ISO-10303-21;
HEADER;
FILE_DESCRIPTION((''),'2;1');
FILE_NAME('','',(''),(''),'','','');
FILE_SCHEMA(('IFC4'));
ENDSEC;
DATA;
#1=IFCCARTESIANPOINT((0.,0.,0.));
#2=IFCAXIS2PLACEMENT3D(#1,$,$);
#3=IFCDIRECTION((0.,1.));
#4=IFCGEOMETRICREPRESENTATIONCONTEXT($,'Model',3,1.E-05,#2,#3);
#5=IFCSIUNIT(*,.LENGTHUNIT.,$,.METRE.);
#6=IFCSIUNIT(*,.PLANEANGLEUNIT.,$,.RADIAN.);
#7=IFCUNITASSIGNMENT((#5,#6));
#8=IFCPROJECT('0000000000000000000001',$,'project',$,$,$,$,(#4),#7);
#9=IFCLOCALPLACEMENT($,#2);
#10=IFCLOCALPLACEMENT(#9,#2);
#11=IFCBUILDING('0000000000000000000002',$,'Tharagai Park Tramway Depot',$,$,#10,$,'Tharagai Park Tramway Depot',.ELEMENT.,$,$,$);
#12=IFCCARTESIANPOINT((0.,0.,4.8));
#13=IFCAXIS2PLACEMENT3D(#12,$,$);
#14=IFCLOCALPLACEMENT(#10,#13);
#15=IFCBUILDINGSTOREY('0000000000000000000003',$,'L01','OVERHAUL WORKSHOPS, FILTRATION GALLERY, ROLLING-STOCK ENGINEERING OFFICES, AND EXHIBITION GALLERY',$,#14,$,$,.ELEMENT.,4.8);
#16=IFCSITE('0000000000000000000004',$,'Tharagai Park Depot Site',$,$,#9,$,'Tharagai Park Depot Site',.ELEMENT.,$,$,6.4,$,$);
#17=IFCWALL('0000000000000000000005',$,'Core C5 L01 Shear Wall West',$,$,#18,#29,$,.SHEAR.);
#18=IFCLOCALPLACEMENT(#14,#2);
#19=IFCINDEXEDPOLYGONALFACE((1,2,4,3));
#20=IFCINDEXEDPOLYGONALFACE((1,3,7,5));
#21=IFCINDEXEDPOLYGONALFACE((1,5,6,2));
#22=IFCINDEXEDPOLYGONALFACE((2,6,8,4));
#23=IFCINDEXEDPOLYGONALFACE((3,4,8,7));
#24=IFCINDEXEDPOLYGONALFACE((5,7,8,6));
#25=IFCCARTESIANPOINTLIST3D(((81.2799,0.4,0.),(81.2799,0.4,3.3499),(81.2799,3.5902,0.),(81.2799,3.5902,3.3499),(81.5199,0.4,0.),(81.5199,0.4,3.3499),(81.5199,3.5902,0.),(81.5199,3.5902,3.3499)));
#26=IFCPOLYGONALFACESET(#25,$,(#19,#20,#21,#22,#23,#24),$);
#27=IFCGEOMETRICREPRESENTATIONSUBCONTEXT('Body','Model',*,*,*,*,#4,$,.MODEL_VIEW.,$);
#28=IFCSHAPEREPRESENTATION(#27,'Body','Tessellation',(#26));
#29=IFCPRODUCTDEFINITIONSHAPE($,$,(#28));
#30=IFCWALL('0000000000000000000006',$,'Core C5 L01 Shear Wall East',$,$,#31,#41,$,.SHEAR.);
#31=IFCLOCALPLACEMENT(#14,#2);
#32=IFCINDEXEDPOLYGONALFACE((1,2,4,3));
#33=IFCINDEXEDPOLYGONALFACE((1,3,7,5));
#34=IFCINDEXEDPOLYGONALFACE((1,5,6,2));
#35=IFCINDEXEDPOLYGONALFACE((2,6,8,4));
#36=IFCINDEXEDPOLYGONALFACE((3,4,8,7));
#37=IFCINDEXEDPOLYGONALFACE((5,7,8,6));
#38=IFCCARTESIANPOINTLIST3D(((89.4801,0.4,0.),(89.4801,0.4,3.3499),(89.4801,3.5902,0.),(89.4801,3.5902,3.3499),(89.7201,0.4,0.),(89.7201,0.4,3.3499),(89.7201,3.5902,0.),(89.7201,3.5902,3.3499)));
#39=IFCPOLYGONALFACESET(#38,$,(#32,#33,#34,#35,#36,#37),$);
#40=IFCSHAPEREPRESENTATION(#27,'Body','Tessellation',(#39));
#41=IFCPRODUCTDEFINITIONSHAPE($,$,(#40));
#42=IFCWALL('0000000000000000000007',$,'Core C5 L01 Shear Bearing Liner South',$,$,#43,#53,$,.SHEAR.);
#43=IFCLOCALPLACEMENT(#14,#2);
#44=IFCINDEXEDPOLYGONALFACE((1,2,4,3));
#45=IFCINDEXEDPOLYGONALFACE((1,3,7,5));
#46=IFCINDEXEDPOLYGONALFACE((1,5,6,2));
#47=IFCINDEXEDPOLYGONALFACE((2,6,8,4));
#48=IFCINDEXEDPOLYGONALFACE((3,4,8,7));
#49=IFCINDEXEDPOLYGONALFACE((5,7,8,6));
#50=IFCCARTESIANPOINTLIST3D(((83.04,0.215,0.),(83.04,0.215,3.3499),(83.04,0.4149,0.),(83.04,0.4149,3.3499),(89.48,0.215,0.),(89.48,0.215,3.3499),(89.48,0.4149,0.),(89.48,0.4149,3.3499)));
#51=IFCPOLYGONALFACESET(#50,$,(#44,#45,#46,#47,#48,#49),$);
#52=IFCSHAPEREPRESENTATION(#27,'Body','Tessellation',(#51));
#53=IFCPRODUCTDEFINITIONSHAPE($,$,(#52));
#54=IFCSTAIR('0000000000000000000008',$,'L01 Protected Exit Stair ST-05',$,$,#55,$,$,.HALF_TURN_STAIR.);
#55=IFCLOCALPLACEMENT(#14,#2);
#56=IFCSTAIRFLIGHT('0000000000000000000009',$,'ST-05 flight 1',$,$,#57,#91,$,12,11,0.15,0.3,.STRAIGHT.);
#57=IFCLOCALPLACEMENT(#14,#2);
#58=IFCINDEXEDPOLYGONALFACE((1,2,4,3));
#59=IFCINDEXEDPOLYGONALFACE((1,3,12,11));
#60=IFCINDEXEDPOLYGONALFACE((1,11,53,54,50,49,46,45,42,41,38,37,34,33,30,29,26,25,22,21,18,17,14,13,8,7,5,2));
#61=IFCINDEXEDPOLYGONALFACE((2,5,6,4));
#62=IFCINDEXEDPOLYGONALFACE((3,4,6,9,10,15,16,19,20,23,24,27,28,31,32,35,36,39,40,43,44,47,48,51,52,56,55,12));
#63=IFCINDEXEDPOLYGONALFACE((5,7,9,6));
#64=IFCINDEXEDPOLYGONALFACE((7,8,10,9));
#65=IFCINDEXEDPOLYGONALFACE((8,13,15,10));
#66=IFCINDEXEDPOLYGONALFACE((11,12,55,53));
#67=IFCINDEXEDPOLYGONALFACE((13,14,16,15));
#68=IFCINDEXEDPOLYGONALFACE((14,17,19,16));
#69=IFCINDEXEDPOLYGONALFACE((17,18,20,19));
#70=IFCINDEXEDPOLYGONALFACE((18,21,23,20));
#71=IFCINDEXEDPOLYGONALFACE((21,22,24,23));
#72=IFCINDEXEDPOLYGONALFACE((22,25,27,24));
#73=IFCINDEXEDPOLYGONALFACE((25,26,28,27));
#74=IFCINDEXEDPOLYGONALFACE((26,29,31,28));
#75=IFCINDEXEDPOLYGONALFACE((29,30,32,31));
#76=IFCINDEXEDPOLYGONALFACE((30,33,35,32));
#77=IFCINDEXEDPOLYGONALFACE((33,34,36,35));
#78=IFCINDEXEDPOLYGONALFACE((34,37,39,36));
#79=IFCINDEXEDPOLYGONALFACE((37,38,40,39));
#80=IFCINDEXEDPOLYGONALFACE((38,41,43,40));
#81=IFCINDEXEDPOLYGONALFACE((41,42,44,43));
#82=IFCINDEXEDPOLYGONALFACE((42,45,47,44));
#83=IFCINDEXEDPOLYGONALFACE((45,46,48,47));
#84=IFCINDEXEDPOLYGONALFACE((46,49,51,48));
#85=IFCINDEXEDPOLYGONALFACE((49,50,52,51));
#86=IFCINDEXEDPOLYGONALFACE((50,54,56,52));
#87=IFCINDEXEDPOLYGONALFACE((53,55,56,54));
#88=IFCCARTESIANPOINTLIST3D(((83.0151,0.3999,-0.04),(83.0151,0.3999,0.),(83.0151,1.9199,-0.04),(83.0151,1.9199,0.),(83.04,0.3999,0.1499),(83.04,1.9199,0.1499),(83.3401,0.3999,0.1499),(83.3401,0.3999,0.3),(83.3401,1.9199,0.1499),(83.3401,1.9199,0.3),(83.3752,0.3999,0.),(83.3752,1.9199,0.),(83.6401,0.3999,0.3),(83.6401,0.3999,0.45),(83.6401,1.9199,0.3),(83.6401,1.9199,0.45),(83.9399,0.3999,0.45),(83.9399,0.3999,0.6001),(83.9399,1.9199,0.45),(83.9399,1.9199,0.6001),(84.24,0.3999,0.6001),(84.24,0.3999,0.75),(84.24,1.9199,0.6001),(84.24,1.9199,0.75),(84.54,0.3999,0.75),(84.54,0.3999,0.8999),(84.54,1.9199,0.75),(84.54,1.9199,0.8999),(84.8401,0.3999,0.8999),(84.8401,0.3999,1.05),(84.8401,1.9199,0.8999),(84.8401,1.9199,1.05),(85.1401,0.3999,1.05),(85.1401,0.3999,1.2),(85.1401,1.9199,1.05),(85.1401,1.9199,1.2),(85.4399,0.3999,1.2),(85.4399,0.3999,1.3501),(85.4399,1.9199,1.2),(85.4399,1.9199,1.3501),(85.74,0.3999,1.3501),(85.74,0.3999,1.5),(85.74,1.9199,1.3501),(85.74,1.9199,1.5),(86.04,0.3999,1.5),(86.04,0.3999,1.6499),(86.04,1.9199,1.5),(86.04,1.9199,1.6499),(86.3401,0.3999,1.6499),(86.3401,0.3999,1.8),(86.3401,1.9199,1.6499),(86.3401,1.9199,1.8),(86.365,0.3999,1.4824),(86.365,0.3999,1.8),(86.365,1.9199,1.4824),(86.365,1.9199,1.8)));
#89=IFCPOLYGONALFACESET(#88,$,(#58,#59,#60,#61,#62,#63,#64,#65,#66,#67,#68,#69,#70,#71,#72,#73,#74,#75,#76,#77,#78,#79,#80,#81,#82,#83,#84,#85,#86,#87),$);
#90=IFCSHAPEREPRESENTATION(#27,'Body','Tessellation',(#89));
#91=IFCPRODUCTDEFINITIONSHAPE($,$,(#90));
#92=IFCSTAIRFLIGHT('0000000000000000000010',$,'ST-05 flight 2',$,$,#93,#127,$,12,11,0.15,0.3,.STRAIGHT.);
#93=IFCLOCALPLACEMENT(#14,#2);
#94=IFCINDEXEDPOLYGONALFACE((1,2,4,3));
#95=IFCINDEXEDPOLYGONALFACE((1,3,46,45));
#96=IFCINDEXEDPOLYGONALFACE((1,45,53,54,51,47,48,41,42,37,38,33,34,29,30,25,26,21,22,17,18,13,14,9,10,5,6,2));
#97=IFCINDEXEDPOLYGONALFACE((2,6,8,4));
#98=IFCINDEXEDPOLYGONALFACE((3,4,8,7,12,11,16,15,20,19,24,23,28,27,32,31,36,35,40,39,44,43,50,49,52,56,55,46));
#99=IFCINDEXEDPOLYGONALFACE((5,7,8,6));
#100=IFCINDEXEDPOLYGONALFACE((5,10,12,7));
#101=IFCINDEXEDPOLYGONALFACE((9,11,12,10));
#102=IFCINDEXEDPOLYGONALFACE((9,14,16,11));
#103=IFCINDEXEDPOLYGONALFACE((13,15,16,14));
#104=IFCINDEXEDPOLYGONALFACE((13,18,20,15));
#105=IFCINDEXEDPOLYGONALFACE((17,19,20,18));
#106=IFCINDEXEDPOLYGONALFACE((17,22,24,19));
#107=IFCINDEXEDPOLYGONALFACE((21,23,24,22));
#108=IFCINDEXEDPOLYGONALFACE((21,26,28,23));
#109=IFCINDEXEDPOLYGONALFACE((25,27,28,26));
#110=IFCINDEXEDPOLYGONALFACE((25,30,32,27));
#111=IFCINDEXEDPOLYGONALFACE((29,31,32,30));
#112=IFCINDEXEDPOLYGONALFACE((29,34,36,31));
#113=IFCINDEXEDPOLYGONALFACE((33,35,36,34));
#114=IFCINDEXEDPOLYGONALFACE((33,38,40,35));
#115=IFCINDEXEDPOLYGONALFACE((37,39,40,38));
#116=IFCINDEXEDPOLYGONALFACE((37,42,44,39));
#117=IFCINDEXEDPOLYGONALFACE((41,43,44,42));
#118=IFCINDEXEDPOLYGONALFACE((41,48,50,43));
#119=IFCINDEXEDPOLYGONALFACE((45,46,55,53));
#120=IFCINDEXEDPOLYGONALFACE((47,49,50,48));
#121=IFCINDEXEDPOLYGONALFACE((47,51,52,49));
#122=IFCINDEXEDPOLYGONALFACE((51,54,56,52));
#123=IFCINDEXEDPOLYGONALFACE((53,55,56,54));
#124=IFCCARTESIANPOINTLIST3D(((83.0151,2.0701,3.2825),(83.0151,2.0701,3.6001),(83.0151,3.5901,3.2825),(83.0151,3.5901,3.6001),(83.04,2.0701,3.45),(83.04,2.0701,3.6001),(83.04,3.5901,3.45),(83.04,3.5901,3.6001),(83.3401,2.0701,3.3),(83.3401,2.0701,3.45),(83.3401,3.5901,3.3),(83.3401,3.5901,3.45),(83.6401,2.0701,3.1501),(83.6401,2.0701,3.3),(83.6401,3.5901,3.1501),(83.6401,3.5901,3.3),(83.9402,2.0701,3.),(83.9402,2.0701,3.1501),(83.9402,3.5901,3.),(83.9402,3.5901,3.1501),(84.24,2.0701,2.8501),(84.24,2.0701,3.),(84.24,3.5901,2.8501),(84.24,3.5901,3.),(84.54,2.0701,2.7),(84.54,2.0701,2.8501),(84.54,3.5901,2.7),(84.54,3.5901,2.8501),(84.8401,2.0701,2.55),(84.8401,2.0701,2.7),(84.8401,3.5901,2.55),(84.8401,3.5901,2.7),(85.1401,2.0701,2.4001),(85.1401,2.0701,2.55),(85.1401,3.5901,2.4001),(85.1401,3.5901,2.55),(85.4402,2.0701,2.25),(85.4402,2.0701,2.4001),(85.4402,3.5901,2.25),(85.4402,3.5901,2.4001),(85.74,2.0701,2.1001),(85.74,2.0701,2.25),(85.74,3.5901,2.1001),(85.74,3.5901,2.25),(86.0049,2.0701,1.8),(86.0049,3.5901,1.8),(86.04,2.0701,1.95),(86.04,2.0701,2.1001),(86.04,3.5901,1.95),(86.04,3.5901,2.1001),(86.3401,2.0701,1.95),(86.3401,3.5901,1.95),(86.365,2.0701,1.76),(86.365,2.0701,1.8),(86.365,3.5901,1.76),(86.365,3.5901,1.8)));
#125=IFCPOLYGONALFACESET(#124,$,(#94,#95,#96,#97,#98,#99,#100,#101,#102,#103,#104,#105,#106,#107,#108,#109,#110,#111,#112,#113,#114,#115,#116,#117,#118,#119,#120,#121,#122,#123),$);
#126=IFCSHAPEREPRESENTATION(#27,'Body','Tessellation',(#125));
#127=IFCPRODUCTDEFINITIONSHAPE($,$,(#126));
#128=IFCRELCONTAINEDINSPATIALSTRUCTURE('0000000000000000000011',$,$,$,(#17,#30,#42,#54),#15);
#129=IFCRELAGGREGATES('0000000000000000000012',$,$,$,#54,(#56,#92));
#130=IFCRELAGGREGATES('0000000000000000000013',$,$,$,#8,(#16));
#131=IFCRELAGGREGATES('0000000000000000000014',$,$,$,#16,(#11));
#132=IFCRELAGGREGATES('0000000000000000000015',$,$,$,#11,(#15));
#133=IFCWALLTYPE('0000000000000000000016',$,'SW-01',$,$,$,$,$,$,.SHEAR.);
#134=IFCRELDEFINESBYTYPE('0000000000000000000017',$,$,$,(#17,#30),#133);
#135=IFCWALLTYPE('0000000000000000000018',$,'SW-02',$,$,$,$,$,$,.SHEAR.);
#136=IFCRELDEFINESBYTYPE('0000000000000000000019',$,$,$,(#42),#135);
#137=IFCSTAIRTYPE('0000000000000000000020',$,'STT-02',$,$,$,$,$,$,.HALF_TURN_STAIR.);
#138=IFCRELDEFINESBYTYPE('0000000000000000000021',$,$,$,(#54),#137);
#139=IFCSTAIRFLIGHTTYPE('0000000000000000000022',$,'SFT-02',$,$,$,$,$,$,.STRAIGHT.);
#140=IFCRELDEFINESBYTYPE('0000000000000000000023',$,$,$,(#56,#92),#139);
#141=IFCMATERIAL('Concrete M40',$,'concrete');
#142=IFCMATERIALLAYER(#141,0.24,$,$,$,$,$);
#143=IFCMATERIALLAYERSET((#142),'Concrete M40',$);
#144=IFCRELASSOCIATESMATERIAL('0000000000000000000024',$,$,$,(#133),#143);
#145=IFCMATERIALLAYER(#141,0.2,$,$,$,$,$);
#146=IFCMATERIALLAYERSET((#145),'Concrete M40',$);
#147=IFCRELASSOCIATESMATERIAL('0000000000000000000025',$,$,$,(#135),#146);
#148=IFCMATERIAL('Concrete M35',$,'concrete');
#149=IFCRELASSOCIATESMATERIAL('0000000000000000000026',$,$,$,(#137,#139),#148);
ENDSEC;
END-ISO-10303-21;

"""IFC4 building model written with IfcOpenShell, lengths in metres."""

from ifc_helpers import new_model, si_unit, direction, frame, frame_2d, origin, place, context, subcontext, project, spatial, polyline, rectangle, outline, extrude, material, layer, layer_set, type_object, element, aggregate, save


model = new_model("IFC4")

# Units and contexts
model_context = context("Model", 3, precision=1e-05, world=origin(), true_north=direction((0.0, 1.0)))
body_context = subcontext(model_context, "Body", "Model", "MODEL_VIEW")
ifc_project = project(units=[si_unit("LENGTHUNIT", "METRE"), si_unit("PLANEANGLEUNIT", "RADIAN")], contexts=[model_context])

# Site, building, storey
site_placement = place(None, origin())
site = spatial("IfcSite", under=ifc_project, at=site_placement, Name="Tharagai Park Depot Site", LongName="Tharagai Park Depot Site", CompositionType="ELEMENT", RefElevation=6.4)
building_placement = place(site_placement, origin())
building = spatial("IfcBuilding", under=site, at=building_placement, Name="Tharagai Park Tramway Depot", LongName="Tharagai Park Tramway Depot", CompositionType="ELEMENT")
storey_placement = place(building_placement, frame((0.0, 0.0, 4.8)))
storey = spatial("IfcBuildingStorey", under=building, at=storey_placement, Name="L01", Description="OVERHAUL WORKSHOPS, FILTRATION GALLERY, ROLLING-STOCK ENGINEERING OFFICES, AND EXHIBITION GALLERY", CompositionType="ELEMENT", Elevation=4.8)

# Shared definitions
ifc_material_1 = material(Name="Concrete M40", Category="concrete")

# Shared definitions
ifc_material_2 = material(Name="Concrete M35", Category="concrete")

# Shared definitions
ifc_layer_1 = layer(ifc_material_1, 0.24)
ifc_layer_set_1 = layer_set([ifc_layer_1], Name="Concrete M40")
wall_type_1 = type_object("IfcWallType", Name="SW-01", PredefinedType="SHEAR", material=ifc_layer_set_1)

# Walls
for number, where, z_axis, x_axis, name in (
    (1, (81.3999, 0.3999, 0.0), (0.0, 0.0, 1.0), (0.0, 1.0, 0.0), "Core C5 L01 Shear Wall West"),
    (2, (89.6001, 0.3999, 0.0), (0.0, 0.0, 1.0), (0.0, 1.0, 0.0), "Core C5 L01 Shear Wall East"),
):
    element("IfcWall", number, at=place(storey_placement, frame(where, z_axis=z_axis, x_axis=x_axis)), inside=storey, type_object=wall_type_1, Name=name, PredefinedType="SHEAR", context=body_context, shape_type="SweptSolid", body=[
        extrude(rectangle(XDim=3.1902, YDim=0.24, at=frame_2d((1.5952, 0.0))), origin(), (0.0, 0.0, 1.0), 3.3499),
    ])
ifc_layer_2 = layer(ifc_material_1, 0.2)
ifc_layer_set_2 = layer_set([ifc_layer_2], Name="Concrete M40")
wall_type_2 = type_object("IfcWallType", Name="SW-02", PredefinedType="SHEAR", material=ifc_layer_set_2)
wall_1_placement = place(storey_placement, frame((83.04, 0.3149, 0.0), z_axis=(0.0, 0.0, 1.0), x_axis=(1.0, 0.0, 0.0)))
element("IfcWall", 3, at=wall_1_placement, inside=storey, type_object=wall_type_2, Name="Core C5 L01 Shear Bearing Liner South", PredefinedType="SHEAR", context=body_context, shape_type="SweptSolid", body=[
    extrude(rectangle(XDim=6.4399, YDim=0.2, at=frame_2d((3.22, 0.0))), origin(), (0.0, 0.0, 1.0), 3.3499),
])

# Stair, stair flights
stair_type = type_object("IfcStairType", Name="STT-02", PredefinedType="HALF_TURN_STAIR", material=ifc_material_2)
stair_placement = place(storey_placement, origin())
stair = element("IfcStair", 4, at=stair_placement, inside=storey, type_object=stair_type, Name="L01 Protected Exit Stair ST-05", PredefinedType="HALF_TURN_STAIR")
stair_flight_type = type_object("IfcStairFlightType", Name="SFT-02", PredefinedType="STRAIGHT", material=ifc_material_2)
stair_flight_1_placement = place(storey_placement, frame((83.04, 1.1599, 0.0), z_axis=(0.0, 0.0, 1.0), x_axis=(1.0, 0.0, 0.0)))
stair_flight_1 = element("IfcStairFlight", 5, at=stair_flight_1_placement, type_object=stair_flight_type, Name="ST-05 flight 1", NumberOfRisers=12, NumberOfTreads=11, PredefinedType="STRAIGHT", RiserHeight=0.15, TreadLength=0.3, context=body_context, shape_type="SweptSolid", body=[
    extrude(outline(polyline([(-0.0249, 0.0), (0.0, 0.1499), (0.3, 0.1499), (0.3, 0.3), (0.6001, 0.3), (0.6001, 0.45), (0.8999, 0.45), (0.8999, 0.6001), (1.2, 0.6001), (1.2, 0.75), (1.5, 0.75), (1.5, 0.8999), (1.8, 0.8999), (1.8, 1.05), (2.1001, 1.05), (2.1001, 1.2), (2.3999, 1.2), (2.3999, 1.3501), (2.7, 1.3501), (2.7, 1.5), (3.0, 1.5), (3.0, 1.6499), (3.3, 1.6499), (3.3, 1.8), (3.325, 1.8), (3.325, 1.4824), (0.3352, 0.0), (-0.0249, -0.04), (-0.0249, 0.0)])), frame((0.0, 0.76, 0.0), z_axis=(0.0, -1.0, 0.0), x_axis=(1.0, 0.0, 0.0)), (0.0, 0.0, 1.0), 1.52),
])
stair_flight_2_placement = place(storey_placement, frame((86.3401, 2.8301, 1.8), z_axis=(0.0, 0.0, 1.0), x_axis=(-1.0, 0.0, 0.0)))
stair_flight_2 = element("IfcStairFlight", 6, at=stair_flight_2_placement, type_object=stair_flight_type, Name="ST-05 flight 2", NumberOfRisers=12, NumberOfTreads=11, PredefinedType="STRAIGHT", RiserHeight=0.15, TreadLength=0.3, context=body_context, shape_type="SweptSolid", body=[
    extrude(outline(polyline([(-0.0249, 0.0), (0.0, 0.1499), (0.3, 0.1499), (0.3, 0.3), (0.6001, 0.3), (0.6001, 0.45), (0.8999, 0.45), (0.8999, 0.6001), (1.2, 0.6001), (1.2, 0.75), (1.5, 0.75), (1.5, 0.8999), (1.8, 0.8999), (1.8, 1.05), (2.1001, 1.05), (2.1001, 1.2), (2.3999, 1.2), (2.3999, 1.3501), (2.7, 1.3501), (2.7, 1.5), (3.0, 1.5), (3.0, 1.6499), (3.3, 1.6499), (3.3, 1.8), (3.325, 1.8), (3.325, 1.4824), (0.3352, 0.0), (-0.0249, -0.04), (-0.0249, 0.0)])), frame((0.0, 0.76, 0.0), z_axis=(0.0, -1.0, 0.0), x_axis=(1.0, 0.0, 0.0)), (0.0, 0.0, 1.0), 1.52),
])
aggregate(stair, [stair_flight_1, stair_flight_2])

save(model, "model.ifc")
